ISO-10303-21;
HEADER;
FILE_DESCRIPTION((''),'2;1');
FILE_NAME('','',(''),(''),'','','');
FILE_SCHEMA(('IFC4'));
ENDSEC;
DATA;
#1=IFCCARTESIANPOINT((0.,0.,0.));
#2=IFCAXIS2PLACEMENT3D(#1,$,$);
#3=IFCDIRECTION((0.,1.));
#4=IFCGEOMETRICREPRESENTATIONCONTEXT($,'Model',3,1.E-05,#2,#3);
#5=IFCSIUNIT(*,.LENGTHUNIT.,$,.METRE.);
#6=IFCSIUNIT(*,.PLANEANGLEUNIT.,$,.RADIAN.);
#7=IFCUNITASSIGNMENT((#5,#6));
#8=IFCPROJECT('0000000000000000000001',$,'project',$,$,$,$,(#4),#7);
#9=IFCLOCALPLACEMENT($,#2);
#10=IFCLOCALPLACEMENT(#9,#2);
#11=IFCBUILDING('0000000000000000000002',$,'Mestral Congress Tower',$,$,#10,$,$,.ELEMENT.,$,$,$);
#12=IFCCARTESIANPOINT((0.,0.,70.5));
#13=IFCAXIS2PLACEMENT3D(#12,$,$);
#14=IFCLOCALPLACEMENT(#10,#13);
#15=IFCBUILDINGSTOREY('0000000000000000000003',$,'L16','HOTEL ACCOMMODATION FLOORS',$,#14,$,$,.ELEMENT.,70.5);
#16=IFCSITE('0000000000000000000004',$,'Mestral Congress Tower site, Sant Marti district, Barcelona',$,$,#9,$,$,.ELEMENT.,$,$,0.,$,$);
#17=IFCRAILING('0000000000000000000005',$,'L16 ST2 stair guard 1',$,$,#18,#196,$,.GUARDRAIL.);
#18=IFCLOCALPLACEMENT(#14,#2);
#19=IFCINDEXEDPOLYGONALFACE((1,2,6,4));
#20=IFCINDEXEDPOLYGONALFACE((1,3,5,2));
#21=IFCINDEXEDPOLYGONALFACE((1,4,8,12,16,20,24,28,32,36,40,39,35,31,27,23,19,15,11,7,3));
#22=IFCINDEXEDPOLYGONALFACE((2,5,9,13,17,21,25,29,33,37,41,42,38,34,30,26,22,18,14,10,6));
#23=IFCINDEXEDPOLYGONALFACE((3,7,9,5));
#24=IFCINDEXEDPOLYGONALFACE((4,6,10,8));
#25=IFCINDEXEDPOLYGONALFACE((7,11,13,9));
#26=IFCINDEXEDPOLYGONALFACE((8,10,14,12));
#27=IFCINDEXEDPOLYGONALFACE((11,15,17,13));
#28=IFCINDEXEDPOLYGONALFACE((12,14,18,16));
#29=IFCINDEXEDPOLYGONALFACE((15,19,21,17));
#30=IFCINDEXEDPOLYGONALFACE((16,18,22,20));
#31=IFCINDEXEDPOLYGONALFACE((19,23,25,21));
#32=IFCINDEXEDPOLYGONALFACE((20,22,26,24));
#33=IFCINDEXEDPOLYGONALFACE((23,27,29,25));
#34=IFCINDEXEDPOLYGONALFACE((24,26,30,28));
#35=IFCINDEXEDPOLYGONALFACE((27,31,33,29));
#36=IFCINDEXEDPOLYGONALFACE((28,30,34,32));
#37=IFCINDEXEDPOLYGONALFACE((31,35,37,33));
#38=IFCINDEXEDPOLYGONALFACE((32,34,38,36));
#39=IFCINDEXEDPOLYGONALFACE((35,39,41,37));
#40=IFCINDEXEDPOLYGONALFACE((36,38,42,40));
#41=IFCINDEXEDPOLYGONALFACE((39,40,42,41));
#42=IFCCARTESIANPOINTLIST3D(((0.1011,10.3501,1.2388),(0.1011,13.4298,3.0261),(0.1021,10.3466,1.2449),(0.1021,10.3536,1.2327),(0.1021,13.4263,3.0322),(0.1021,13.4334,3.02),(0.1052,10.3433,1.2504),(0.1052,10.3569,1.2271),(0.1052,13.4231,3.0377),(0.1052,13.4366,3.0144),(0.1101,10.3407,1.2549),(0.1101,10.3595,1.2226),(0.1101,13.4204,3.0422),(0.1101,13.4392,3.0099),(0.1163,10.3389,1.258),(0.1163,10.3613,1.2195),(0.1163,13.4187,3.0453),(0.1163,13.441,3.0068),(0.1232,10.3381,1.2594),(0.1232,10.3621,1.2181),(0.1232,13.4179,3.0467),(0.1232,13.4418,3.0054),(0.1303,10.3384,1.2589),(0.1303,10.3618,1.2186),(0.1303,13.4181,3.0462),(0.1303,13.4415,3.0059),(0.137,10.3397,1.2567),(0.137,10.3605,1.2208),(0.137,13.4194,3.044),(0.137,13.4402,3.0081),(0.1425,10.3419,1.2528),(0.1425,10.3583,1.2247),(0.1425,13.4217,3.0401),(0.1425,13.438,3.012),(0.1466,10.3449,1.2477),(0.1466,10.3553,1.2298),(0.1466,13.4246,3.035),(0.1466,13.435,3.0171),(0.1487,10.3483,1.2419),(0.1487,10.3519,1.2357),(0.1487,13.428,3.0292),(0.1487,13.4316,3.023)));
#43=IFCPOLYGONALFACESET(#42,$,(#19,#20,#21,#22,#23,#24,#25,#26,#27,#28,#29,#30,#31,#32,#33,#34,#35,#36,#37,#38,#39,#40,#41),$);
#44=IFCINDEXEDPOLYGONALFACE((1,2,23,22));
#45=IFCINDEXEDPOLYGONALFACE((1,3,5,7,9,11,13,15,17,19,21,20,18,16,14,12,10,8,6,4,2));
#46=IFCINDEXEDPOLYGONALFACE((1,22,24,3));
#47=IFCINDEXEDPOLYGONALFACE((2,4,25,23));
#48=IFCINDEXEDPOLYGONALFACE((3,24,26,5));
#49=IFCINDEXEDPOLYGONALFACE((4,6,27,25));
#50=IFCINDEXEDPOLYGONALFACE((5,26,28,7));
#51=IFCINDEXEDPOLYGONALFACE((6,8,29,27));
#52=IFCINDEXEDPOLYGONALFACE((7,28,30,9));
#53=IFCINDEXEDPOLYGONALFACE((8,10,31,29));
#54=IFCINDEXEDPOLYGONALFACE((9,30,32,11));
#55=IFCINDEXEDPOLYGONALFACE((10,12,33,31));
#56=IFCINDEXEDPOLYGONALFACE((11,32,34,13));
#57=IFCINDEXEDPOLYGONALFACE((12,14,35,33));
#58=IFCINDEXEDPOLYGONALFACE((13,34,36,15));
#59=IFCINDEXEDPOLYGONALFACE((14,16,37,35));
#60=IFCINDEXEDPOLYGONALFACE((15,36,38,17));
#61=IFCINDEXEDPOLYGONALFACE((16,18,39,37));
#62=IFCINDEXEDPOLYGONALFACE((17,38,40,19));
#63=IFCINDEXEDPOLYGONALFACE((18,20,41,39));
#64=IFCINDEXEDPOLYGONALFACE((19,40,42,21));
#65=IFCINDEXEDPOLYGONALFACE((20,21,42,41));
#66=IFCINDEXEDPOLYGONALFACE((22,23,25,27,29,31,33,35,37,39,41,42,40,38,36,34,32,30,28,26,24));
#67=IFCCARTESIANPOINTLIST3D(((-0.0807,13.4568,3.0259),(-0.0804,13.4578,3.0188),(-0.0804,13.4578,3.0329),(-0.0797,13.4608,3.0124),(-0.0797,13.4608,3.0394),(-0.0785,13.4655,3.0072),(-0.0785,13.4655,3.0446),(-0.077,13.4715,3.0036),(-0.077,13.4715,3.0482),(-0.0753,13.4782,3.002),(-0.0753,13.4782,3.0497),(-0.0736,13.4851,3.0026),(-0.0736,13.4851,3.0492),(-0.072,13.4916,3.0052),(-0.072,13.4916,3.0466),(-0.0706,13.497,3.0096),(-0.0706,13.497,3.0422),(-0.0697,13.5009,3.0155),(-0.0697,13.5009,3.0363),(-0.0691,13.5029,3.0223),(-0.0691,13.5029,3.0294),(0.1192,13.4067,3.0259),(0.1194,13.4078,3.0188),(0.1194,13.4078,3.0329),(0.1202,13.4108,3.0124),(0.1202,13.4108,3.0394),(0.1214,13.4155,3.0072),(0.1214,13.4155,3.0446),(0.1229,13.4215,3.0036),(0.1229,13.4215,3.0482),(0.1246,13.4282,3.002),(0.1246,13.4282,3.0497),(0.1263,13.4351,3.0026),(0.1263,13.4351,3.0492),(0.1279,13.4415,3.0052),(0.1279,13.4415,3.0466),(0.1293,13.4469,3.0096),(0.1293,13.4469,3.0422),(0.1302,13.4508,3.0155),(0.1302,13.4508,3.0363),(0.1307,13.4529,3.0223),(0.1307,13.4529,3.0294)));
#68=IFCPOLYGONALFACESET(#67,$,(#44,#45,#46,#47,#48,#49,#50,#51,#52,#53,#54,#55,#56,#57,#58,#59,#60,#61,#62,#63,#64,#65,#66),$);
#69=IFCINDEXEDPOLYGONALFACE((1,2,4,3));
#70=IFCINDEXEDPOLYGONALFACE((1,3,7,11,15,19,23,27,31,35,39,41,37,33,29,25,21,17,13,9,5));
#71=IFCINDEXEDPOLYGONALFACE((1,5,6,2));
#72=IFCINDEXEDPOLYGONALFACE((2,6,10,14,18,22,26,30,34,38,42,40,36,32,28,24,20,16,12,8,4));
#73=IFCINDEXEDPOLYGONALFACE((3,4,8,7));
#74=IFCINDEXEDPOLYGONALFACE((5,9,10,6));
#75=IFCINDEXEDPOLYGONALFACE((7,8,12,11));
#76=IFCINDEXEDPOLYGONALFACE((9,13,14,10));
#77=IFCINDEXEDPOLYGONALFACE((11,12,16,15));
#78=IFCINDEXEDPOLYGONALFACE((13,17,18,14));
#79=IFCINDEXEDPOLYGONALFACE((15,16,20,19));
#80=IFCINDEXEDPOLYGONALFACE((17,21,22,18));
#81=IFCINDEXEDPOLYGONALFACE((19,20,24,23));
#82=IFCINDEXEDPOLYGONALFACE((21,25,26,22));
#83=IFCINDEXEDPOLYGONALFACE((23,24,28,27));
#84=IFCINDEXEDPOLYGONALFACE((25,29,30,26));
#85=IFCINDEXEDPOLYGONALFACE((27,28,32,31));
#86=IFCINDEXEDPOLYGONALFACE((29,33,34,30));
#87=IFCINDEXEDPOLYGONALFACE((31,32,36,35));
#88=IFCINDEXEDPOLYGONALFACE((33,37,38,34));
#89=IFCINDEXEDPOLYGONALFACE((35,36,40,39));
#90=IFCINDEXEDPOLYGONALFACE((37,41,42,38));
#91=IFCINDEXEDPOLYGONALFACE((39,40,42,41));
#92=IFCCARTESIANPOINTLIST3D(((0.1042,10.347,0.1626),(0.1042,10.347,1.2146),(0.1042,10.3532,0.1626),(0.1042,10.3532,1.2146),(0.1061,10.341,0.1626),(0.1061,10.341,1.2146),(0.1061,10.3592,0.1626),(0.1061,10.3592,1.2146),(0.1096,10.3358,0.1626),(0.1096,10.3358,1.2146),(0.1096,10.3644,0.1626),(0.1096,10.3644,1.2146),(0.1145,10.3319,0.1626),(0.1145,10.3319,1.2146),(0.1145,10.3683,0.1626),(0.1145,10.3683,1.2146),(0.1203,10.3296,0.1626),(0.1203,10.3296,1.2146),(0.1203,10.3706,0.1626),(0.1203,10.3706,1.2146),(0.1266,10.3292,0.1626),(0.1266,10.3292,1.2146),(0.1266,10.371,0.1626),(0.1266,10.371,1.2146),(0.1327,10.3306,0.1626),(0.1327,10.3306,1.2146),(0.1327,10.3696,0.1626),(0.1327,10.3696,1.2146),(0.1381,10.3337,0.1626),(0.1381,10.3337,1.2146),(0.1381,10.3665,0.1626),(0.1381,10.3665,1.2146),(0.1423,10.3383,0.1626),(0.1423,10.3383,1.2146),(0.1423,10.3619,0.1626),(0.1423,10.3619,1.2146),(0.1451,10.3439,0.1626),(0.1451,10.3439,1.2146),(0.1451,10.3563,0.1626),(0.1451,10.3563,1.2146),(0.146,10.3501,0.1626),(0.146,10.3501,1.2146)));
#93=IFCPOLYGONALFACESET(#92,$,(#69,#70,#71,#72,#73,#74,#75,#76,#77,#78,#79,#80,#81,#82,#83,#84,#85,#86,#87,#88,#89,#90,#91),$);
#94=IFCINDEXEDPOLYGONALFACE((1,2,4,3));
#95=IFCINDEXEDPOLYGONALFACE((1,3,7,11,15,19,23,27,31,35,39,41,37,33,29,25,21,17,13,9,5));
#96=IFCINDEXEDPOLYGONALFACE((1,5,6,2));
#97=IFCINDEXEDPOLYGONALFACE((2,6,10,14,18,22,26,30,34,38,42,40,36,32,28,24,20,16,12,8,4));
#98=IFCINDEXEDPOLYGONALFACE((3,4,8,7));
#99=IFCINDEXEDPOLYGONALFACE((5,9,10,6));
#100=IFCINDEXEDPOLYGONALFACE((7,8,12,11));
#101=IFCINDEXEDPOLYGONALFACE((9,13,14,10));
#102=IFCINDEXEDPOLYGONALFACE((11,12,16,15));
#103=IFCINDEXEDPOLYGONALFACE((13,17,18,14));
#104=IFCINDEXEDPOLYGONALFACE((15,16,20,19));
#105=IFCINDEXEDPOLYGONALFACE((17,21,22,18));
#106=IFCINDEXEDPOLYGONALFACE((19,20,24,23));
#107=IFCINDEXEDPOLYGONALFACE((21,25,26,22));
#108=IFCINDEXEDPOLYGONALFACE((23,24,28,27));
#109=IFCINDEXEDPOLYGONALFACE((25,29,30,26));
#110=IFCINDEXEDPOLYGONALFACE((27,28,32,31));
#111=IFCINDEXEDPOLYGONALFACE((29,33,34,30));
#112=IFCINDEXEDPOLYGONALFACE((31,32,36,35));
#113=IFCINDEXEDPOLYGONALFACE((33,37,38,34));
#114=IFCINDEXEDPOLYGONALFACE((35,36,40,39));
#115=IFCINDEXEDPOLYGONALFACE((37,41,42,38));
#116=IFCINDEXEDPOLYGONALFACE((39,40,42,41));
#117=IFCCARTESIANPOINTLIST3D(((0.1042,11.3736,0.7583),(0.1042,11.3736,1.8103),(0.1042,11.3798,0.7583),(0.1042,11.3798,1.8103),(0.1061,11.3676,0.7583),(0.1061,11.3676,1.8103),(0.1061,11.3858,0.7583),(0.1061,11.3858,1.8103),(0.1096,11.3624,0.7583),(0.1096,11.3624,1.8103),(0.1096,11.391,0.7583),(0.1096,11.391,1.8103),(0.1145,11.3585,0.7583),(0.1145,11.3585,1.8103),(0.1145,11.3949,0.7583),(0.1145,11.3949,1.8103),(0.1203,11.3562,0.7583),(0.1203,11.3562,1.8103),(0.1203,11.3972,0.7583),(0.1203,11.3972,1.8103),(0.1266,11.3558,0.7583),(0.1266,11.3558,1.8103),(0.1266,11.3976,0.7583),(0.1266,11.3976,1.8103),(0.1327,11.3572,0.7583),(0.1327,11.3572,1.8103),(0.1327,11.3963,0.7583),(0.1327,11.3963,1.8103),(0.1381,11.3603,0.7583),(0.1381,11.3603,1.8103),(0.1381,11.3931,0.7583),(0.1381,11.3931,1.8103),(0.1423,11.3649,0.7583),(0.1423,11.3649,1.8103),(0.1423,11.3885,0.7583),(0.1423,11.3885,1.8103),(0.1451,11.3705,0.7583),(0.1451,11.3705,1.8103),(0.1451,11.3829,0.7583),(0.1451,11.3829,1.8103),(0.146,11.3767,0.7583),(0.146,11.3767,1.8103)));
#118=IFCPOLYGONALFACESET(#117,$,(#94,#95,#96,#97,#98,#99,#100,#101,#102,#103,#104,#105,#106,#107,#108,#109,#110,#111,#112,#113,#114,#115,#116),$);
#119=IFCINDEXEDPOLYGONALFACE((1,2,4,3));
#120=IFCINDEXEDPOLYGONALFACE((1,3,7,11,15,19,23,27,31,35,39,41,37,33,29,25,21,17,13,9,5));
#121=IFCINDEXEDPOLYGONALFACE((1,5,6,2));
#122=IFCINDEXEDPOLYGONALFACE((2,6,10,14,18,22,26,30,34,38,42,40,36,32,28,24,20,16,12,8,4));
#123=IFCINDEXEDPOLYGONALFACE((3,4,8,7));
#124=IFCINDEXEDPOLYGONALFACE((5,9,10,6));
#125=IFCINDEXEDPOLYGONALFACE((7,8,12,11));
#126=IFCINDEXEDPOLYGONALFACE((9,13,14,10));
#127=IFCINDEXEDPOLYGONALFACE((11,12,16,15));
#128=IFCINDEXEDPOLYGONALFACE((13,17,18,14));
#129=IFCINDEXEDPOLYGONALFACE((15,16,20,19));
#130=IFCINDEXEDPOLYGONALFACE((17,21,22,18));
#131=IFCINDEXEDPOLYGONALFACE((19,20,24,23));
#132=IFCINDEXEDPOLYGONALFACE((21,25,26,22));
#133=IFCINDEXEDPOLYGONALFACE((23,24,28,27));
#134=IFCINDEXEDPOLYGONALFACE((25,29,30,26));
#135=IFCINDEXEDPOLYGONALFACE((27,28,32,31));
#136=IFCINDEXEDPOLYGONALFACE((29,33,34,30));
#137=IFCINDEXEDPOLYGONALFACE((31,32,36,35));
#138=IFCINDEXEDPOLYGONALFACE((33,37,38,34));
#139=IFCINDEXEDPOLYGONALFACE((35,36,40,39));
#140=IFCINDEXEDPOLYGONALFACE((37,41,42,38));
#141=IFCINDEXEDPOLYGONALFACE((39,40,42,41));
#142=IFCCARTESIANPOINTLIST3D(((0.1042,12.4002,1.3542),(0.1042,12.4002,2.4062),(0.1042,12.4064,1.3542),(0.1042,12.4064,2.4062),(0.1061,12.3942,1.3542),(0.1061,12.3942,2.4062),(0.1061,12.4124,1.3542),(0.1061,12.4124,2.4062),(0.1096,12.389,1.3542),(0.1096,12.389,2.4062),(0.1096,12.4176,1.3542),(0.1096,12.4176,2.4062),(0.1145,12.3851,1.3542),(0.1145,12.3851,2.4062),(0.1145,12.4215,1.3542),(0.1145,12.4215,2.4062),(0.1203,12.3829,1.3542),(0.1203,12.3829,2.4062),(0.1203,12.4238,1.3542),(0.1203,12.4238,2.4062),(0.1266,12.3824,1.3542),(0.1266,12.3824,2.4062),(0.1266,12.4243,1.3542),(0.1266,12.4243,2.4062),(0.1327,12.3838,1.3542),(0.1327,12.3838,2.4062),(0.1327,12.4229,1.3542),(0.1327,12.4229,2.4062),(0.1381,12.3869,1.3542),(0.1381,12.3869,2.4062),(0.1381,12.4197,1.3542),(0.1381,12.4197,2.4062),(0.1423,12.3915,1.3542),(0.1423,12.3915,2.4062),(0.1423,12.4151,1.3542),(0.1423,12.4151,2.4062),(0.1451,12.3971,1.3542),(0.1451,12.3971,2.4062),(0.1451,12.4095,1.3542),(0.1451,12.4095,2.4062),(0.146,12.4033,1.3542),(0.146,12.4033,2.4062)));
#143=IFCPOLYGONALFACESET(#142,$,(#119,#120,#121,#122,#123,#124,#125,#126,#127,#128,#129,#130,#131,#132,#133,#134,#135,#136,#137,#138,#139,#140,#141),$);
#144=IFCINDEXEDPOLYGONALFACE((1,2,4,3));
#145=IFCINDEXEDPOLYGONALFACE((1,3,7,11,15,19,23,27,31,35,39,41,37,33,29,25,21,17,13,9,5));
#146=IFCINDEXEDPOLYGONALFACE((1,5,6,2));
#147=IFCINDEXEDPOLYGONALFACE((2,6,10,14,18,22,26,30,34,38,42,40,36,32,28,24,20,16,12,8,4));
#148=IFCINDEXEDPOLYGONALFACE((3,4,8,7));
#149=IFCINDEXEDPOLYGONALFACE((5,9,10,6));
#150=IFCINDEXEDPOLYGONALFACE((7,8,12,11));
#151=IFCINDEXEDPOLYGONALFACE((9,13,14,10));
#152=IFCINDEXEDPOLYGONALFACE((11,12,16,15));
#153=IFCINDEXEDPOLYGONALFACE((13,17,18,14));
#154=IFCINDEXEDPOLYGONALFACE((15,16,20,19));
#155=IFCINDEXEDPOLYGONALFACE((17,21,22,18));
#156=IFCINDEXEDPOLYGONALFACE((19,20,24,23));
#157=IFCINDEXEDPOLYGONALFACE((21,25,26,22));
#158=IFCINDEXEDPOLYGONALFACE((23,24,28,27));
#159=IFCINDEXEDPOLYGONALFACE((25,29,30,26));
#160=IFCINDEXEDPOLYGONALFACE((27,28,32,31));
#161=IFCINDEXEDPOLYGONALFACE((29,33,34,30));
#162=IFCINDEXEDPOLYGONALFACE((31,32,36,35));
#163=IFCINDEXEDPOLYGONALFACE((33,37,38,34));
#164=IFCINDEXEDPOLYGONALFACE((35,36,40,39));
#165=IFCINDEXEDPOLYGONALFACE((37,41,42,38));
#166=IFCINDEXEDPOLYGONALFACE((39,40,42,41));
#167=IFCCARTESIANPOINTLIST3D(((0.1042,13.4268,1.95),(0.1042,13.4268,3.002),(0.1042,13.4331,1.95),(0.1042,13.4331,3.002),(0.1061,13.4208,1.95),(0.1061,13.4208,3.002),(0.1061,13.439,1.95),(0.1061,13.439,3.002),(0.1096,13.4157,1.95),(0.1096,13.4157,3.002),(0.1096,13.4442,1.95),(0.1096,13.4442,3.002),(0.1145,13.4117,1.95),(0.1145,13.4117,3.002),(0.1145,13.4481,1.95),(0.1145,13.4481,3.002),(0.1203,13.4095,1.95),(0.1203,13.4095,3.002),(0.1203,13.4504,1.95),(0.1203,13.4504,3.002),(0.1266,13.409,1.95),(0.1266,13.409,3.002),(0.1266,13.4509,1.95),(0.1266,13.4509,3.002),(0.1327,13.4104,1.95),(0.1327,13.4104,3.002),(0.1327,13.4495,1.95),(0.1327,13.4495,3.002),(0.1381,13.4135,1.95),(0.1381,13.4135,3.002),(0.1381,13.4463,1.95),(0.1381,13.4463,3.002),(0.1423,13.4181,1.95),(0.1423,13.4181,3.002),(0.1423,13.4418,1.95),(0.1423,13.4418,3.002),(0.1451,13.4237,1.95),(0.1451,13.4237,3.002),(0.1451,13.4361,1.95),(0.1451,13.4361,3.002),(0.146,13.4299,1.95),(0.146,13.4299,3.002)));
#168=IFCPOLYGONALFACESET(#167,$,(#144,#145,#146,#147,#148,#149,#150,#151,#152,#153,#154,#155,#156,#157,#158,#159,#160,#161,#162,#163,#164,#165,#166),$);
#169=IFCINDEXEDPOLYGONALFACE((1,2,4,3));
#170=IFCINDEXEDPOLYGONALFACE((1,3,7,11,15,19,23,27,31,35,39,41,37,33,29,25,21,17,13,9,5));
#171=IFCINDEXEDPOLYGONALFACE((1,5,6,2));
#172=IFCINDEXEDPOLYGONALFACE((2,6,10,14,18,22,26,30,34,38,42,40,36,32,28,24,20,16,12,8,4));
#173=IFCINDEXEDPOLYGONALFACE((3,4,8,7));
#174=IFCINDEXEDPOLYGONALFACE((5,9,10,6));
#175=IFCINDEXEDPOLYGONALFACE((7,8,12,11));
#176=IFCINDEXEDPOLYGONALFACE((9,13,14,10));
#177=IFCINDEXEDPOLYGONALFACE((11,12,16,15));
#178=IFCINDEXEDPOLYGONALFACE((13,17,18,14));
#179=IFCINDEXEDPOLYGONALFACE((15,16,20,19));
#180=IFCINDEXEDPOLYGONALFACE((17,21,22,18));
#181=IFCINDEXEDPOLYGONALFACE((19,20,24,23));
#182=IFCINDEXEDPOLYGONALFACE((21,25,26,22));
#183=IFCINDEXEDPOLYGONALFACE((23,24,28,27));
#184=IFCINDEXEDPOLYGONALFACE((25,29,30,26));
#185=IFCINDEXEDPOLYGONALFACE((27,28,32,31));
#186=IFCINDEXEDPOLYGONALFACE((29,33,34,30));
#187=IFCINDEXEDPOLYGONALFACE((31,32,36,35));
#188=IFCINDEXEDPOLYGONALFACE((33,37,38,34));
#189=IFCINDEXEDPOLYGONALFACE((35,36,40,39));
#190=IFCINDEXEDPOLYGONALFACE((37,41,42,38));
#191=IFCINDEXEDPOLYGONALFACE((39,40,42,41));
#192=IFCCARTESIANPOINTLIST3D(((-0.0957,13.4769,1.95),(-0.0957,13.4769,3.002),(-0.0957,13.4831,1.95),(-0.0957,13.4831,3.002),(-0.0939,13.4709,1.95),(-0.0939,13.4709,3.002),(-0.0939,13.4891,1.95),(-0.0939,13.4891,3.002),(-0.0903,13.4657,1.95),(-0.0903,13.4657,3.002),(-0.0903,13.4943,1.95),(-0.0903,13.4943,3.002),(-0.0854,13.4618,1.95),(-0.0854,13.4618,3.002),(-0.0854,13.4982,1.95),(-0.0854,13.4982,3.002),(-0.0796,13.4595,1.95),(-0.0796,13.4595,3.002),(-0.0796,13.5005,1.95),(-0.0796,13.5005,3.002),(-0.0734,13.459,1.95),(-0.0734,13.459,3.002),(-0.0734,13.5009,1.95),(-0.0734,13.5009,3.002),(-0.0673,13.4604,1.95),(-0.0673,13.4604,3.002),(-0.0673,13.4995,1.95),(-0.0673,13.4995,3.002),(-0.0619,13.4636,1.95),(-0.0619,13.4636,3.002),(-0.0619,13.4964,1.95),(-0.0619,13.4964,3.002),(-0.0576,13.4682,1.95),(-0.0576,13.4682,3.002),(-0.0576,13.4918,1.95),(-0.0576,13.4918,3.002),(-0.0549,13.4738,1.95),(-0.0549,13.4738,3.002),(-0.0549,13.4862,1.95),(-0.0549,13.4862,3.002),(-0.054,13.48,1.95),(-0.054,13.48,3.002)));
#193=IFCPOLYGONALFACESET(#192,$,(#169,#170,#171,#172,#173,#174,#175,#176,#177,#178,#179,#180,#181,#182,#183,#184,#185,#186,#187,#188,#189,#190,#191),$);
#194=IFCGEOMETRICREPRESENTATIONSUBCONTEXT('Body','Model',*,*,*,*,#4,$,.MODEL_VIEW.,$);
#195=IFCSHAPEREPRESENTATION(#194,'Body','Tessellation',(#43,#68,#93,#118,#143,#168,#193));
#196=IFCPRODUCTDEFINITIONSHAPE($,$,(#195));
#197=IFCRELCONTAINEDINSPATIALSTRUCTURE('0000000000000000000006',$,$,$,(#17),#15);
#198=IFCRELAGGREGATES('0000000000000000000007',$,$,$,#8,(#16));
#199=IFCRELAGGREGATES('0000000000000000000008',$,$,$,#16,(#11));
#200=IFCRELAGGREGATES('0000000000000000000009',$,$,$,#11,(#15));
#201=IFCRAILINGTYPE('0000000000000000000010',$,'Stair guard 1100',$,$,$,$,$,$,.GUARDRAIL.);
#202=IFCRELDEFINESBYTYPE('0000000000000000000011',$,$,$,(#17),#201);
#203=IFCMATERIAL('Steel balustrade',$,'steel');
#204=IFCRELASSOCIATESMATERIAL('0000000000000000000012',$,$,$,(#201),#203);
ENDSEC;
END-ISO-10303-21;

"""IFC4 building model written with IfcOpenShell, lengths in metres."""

from ifc_helpers import new_model, si_unit, direction, frame, origin, origin_2d, place, context, subcontext, project, spatial, circle, extrude, material, type_object, element, save


model = new_model("IFC4")

# Units and contexts
model_context = context("Model", 3, precision=1e-05, world=origin(), true_north=direction((0.0, 1.0)))
body_context = subcontext(model_context, "Body", "Model", "MODEL_VIEW")
ifc_project = project(units=[si_unit("LENGTHUNIT", "METRE"), si_unit("PLANEANGLEUNIT", "RADIAN")], contexts=[model_context])

# Site, building, storey
site_placement = place(None, origin())
site = spatial("IfcSite", under=ifc_project, at=site_placement, Name="Mestral Congress Tower site, Sant Marti district, Barcelona", CompositionType="ELEMENT", RefElevation=0.0)
building_placement = place(site_placement, origin())
building = spatial("IfcBuilding", under=site, at=building_placement, Name="Mestral Congress Tower", CompositionType="ELEMENT")
storey_placement = place(building_placement, frame((0.0, 0.0, 70.5)))
storey = spatial("IfcBuildingStorey", under=building, at=storey_placement, Name="L16", Description="HOTEL ACCOMMODATION FLOORS", CompositionType="ELEMENT", Elevation=70.5)

# Railing
ifc_material_1 = material(Name="Steel balustrade", Category="steel")
railing_type_1 = type_object("IfcRailingType", Name="Stair guard 1100", PredefinedType="GUARDRAIL", material=ifc_material_1)
railing_1_placement = place(storey_placement, frame((0.125, 10.3501, 0.1626)))
element("IfcRailing", 1, at=railing_1_placement, inside=storey, type_object=railing_type_1, Name="L16 ST2 stair guard 1", PredefinedType="GUARDRAIL", context=body_context, shape_type="SweptSolid", body=[
    extrude(circle(Radius=0.0239, at=origin_2d()), frame((0.0, 0.0, 1.0762), z_axis=(0.0, 0.864903, 0.501939), x_axis=(-1.0, 0.0, 0.0)), (0.0, 0.0, 1.0), 3.5608),
    extrude(circle(Radius=0.0239, at=origin_2d()), frame((0.0, 3.0798, 2.8633), z_axis=(-0.970073, 0.242814, 0.0), x_axis=(-0.242814, -0.970073, 0.0)), (0.0, 0.0, 1.0), 0.2061),
    extrude(circle(Radius=0.021, at=origin_2d()), origin(), (0.0, 0.0, 1.0), 1.052),
    extrude(circle(Radius=0.021, at=origin_2d()), frame((0.0, 1.0266, 0.5957)), (0.0, 0.0, 1.0), 1.052),
    extrude(circle(Radius=0.021, at=origin_2d()), frame((0.0, 2.0532, 1.1917)), (0.0, 0.0, 1.0), 1.052),
    extrude(circle(Radius=0.021, at=origin_2d()), frame((0.0, 3.0798, 1.7874)), (0.0, 0.0, 1.0), 1.052),
    extrude(circle(Radius=0.021, at=origin_2d()), frame((-0.2, 3.1299, 1.7874)), (0.0, 0.0, 1.0), 1.052),
])

save(model, "model.ifc")
